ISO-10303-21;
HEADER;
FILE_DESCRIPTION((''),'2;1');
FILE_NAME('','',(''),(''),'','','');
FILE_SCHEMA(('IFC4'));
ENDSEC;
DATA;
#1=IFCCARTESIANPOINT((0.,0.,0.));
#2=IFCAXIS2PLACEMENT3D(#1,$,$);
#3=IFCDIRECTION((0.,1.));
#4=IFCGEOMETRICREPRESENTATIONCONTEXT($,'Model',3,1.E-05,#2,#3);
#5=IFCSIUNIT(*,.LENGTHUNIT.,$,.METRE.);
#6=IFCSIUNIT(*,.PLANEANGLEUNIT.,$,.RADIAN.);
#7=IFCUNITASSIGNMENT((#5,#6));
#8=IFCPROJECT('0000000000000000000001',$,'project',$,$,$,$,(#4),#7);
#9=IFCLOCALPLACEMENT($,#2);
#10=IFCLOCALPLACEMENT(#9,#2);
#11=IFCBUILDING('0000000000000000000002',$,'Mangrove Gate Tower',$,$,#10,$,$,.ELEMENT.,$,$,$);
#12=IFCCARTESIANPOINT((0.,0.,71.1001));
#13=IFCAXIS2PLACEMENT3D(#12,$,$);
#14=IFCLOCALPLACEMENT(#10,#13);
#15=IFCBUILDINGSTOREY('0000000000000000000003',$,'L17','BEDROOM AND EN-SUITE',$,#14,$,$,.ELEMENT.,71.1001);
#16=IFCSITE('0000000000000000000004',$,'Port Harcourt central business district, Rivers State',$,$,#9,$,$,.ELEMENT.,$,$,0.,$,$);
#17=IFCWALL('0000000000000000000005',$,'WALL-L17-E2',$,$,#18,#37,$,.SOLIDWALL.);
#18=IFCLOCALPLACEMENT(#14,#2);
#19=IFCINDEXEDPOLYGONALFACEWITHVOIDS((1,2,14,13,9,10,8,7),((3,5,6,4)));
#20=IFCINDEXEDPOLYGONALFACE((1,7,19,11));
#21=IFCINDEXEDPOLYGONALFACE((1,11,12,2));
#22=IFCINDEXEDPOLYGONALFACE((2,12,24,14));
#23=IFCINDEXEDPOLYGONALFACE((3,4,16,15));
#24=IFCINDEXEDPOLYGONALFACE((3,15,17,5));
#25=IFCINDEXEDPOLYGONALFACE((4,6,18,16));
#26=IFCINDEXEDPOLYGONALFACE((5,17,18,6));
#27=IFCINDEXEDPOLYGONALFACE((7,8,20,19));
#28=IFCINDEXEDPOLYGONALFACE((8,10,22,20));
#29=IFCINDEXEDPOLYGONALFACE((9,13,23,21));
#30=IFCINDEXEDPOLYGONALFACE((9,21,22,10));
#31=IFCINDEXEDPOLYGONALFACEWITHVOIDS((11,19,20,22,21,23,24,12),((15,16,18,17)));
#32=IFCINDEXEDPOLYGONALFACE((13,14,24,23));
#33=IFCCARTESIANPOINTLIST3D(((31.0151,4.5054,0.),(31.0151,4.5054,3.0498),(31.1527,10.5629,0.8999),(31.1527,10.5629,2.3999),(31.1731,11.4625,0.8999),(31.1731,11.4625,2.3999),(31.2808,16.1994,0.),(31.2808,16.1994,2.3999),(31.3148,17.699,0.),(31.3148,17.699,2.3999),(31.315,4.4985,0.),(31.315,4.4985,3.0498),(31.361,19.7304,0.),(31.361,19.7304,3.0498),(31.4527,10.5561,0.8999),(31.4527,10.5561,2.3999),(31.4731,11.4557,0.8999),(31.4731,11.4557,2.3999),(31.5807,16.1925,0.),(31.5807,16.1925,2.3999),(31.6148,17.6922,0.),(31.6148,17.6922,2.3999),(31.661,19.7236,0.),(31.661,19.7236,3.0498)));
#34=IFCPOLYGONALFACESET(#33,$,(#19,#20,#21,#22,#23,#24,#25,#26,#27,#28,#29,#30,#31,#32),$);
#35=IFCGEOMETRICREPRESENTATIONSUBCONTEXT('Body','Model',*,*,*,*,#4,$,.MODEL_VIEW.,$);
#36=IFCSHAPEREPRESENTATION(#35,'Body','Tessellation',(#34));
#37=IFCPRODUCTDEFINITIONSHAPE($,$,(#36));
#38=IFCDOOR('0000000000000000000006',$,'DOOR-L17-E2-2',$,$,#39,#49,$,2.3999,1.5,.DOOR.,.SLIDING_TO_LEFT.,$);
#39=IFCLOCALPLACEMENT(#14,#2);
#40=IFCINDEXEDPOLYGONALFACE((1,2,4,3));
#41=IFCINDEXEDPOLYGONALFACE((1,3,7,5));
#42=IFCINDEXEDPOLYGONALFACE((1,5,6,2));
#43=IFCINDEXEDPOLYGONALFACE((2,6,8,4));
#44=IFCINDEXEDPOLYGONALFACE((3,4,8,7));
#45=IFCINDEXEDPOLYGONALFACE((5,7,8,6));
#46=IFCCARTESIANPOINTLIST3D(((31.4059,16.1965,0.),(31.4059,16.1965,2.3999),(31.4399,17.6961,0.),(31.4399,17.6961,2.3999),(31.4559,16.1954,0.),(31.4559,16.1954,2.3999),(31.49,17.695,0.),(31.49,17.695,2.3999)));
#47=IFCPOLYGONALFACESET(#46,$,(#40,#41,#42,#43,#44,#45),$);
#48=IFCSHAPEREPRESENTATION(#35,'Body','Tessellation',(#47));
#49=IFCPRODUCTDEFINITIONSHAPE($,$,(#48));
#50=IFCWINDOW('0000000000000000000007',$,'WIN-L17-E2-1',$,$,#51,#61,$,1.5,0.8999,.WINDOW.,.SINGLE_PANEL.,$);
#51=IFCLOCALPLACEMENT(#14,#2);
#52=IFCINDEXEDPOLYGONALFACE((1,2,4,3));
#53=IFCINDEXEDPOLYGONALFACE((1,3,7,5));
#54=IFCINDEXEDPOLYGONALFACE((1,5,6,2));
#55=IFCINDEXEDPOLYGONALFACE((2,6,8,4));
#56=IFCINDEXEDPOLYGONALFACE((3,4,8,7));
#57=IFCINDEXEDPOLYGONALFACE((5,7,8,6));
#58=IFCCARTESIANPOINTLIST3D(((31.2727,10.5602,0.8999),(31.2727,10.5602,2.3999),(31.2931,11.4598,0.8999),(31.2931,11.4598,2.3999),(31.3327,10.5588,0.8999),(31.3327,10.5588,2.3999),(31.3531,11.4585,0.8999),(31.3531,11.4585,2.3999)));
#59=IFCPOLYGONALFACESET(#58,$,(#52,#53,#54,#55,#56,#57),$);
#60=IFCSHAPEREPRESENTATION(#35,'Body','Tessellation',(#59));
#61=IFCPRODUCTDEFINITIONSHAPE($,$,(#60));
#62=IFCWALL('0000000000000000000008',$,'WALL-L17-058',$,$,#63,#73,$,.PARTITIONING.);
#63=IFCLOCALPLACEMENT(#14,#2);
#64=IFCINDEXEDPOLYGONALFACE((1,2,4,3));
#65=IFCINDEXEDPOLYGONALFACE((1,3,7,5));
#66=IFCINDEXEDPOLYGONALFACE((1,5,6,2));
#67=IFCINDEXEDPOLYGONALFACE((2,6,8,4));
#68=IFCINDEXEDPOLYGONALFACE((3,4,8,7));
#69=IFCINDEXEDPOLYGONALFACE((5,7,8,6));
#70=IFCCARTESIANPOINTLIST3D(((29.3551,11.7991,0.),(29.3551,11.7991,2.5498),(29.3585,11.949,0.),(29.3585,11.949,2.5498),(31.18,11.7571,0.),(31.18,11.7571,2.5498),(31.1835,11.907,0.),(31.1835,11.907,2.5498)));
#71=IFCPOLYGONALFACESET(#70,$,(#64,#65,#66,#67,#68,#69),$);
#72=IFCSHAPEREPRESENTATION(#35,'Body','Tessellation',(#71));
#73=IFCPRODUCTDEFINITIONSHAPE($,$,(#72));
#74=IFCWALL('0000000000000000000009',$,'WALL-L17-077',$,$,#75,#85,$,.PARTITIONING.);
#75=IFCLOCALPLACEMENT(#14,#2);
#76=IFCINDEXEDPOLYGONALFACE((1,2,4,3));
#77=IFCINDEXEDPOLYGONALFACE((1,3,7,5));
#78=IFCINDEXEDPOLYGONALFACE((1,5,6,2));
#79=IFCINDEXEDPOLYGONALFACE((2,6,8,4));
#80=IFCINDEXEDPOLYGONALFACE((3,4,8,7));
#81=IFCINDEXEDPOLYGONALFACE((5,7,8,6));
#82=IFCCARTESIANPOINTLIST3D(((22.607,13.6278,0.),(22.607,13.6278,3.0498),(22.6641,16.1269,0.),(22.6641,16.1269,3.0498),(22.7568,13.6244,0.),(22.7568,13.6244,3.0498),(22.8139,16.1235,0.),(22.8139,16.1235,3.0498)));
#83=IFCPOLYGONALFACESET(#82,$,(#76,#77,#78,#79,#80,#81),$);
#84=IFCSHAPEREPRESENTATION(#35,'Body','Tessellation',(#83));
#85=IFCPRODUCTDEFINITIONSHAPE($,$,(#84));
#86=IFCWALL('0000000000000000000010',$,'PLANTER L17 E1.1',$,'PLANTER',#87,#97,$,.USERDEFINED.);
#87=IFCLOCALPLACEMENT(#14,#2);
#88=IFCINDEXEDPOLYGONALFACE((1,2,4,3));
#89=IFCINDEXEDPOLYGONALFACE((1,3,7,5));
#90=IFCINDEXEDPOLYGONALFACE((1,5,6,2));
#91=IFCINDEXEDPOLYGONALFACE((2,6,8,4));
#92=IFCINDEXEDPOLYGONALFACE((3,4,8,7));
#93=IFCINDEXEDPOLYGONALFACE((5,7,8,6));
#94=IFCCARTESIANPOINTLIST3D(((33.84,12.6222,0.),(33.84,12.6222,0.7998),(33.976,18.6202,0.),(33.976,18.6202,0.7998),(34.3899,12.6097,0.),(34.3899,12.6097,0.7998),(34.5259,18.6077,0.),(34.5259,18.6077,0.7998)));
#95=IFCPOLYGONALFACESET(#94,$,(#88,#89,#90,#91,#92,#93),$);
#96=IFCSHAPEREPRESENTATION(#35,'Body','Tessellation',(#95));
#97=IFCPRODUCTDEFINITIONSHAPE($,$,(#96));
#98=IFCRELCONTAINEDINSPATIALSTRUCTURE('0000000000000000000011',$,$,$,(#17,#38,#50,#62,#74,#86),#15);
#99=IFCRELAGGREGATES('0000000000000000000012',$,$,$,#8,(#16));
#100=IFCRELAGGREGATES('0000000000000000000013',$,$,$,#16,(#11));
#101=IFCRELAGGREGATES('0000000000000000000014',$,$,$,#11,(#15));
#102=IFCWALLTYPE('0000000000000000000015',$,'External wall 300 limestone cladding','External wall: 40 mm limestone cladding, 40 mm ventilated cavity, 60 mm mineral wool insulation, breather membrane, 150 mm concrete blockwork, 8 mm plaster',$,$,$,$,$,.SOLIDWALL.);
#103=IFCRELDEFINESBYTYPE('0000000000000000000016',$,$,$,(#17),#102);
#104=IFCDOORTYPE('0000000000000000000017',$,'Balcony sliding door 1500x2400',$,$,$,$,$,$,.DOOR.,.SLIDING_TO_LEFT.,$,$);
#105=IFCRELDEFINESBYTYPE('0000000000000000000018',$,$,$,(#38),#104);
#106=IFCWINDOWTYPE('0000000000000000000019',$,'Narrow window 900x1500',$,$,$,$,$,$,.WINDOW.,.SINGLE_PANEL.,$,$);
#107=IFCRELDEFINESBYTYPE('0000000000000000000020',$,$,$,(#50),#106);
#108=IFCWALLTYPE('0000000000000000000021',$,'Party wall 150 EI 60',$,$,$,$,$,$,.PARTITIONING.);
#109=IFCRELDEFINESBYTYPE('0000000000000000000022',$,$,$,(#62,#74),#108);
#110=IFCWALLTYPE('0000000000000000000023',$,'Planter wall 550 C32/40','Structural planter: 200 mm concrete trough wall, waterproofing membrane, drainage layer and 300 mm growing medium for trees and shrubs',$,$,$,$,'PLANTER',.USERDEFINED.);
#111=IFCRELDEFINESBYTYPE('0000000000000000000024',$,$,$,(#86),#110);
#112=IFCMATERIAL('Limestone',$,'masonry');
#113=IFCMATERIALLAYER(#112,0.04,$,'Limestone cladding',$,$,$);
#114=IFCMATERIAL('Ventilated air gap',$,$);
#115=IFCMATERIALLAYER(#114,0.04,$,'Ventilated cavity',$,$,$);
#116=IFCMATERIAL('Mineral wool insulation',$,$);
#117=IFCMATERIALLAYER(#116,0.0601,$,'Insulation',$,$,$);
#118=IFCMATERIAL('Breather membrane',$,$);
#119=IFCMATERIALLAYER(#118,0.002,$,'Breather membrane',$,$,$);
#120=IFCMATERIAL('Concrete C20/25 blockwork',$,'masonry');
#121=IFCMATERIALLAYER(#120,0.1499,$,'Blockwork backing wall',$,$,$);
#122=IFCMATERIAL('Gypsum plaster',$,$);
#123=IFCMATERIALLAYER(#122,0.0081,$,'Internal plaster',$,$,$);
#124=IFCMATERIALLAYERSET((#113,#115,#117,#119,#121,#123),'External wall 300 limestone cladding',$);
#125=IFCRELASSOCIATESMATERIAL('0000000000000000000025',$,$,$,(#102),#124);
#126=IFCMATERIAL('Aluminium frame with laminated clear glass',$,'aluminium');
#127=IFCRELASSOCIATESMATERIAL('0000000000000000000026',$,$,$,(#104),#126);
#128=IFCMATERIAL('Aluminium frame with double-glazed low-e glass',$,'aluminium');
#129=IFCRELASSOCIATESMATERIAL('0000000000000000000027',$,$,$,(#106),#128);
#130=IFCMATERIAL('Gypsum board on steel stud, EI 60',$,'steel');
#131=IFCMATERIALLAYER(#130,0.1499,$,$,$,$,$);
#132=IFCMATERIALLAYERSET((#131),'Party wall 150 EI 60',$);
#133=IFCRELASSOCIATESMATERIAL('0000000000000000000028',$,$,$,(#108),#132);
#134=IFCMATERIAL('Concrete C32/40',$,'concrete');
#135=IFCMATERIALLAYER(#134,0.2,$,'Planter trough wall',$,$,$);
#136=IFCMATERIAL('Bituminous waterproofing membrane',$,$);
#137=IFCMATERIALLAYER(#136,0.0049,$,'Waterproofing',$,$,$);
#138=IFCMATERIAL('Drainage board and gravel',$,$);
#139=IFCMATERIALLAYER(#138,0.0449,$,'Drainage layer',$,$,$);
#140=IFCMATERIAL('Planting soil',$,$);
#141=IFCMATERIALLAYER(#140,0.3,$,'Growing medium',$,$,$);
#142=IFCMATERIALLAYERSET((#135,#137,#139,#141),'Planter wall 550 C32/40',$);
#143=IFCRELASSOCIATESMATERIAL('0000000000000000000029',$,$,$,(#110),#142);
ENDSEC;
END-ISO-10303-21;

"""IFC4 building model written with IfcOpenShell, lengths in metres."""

from ifc_helpers import new_model, si_unit, direction, frame, frame_2d, origin, place, context, subcontext, project, spatial, rectangle, extrude, material, layer, layer_set, type_object, element, fill, save


model = new_model("IFC4")

# Units and contexts
model_context = context("Model", 3, precision=1e-05, world=origin(), true_north=direction((0.0, 1.0)))
body_context = subcontext(model_context, "Body", "Model", "MODEL_VIEW")
ifc_project = project(units=[si_unit("LENGTHUNIT", "METRE"), si_unit("PLANEANGLEUNIT", "RADIAN")], contexts=[model_context])

# Site, building, storey
site_placement = place(None, origin())
site = spatial("IfcSite", under=ifc_project, at=site_placement, Name="Port Harcourt central business district, Rivers State", CompositionType="ELEMENT", RefElevation=0.0)
building_placement = place(site_placement, origin())
building = spatial("IfcBuilding", under=site, at=building_placement, Name="Mangrove Gate Tower", CompositionType="ELEMENT")
storey_placement = place(building_placement, frame((0.0, 0.0, 71.1001)))
storey = spatial("IfcBuildingStorey", under=building, at=storey_placement, Name="L17", Description="BEDROOM AND EN-SUITE", CompositionType="ELEMENT", Elevation=71.1001)

# Wall, openings, door, window
ifc_material_1 = material(Name="Limestone", Category="masonry")
ifc_layer_1 = layer(ifc_material_1, 0.04, Name="Limestone cladding")
ifc_material_2 = material(Name="Ventilated air gap")
ifc_layer_2 = layer(ifc_material_2, 0.04, Name="Ventilated cavity")
ifc_material_3 = material(Name="Mineral wool insulation")
ifc_layer_3 = layer(ifc_material_3, 0.0601, Name="Insulation")
ifc_material_4 = material(Name="Breather membrane")
ifc_layer_4 = layer(ifc_material_4, 0.002, Name="Breather membrane")
ifc_material_5 = material(Name="Concrete C20/25 blockwork", Category="masonry")
ifc_layer_5 = layer(ifc_material_5, 0.1499, Name="Blockwork backing wall")
ifc_material_6 = material(Name="Gypsum plaster")
ifc_layer_6 = layer(ifc_material_6, 0.0081, Name="Internal plaster")
ifc_layer_set_1 = layer_set([ifc_layer_1, ifc_layer_2, ifc_layer_3, ifc_layer_4, ifc_layer_5, ifc_layer_6], Name="External wall 300 limestone cladding")
wall_type_1 = type_object("IfcWallType", Name="External wall 300 limestone cladding", Description="External wall: 40 mm limestone cladding, 40 mm ventilated cavity, 60 mm mineral wool insulation, breather membrane, 150 mm concrete blockwork, 8 mm plaster", PredefinedType="SOLIDWALL", material=ifc_layer_set_1)
wall_1_placement = place(storey_placement, frame((31.165, 4.502, 0.0), z_axis=(0.0, 0.0, 1.0), x_axis=(0.022716, 0.999742, 0.0)))
wall_1 = element("IfcWall", 1, at=wall_1_placement, inside=storey, type_object=wall_type_1, Name="WALL-L17-E2", PredefinedType="SOLIDWALL", context=body_context, shape_type="SweptSolid", body=[
    extrude(rectangle(XDim=15.229, YDim=0.3, at=frame_2d((7.6145, 0.0))), origin(), (0.0, 0.0, 1.0), 3.0498),
])
opening_1_placement = place(wall_1_placement, frame((6.0591, 0.0, 0.8999)))
opening_1 = element("IfcOpeningElement", 2, at=opening_1_placement, cuts=wall_1, PredefinedType="OPENING", context=body_context, shape_type="SweptSolid", body=[
    extrude(rectangle(XDim=0.8999, YDim=1.5, at=frame_2d((0.45, 0.75))), frame((0.0, 0.1599, 0.0), z_axis=(0.0, -1.0, 0.0), x_axis=(1.0, 0.0, 0.0)), (0.0, 0.0, 1.0), 0.3201),
])
opening_2_placement = place(wall_1_placement, frame((11.697, 0.0, 0.0)))
opening_2 = element("IfcOpeningElement", 3, at=opening_2_placement, cuts=wall_1, PredefinedType="OPENING", context=body_context, shape_type="SweptSolid", body=[
    extrude(rectangle(XDim=1.5, YDim=2.3999, at=frame_2d((0.75, 1.2))), frame((0.0, 0.1599, 0.0), z_axis=(0.0, -1.0, 0.0), x_axis=(1.0, 0.0, 0.0)), (0.0, 0.0, 1.0), 0.3201),
])
ifc_material_7 = material(Name="Aluminium frame with laminated clear glass", Category="aluminium")
door_type = type_object("IfcDoorType", Name="Balcony sliding door 1500x2400", OperationType="SLIDING_TO_LEFT", PredefinedType="DOOR", material=ifc_material_7)
door_placement = place(opening_2_placement, origin())
door = element("IfcDoor", 4, at=door_placement, inside=storey, type_object=door_type, Name="DOOR-L17-E2-2", OperationType="SLIDING_TO_LEFT", OverallHeight=2.3999, OverallWidth=1.5, PredefinedType="DOOR", context=body_context, shape_type="SweptSolid", body=[
    extrude(rectangle(XDim=1.5, YDim=2.3999, at=frame_2d((0.75, 1.2))), frame((0.0, 0.0249, 0.0), z_axis=(0.0, -1.0, 0.0), x_axis=(1.0, 0.0, 0.0)), (0.0, 0.0, 1.0), 0.05),
])
fill(opening_2, door)
ifc_material_8 = material(Name="Aluminium frame with double-glazed low-e glass", Category="aluminium")
window_type = type_object("IfcWindowType", Name="Narrow window 900x1500", PartitioningType="SINGLE_PANEL", PredefinedType="WINDOW", material=ifc_material_8)
window_placement = place(opening_1_placement, origin())
window = element("IfcWindow", 5, at=window_placement, inside=storey, type_object=window_type, Name="WIN-L17-E2-1", OverallHeight=1.5, OverallWidth=0.8999, PartitioningType="SINGLE_PANEL", PredefinedType="WINDOW", context=body_context, shape_type="SweptSolid", body=[
    extrude(rectangle(XDim=0.8999, YDim=1.5, at=frame_2d((0.45, 0.75))), frame((0.0, 0.03, 0.0), z_axis=(0.0, -1.0, 0.0), x_axis=(1.0, 0.0, 0.0)), (0.0, 0.0, 1.0), 0.0601),
])
fill(opening_1, window)

# Walls
ifc_material_9 = material(Name="Gypsum board on steel stud, EI 60", Category="steel")
ifc_layer_7 = layer(ifc_material_9, 0.1499)
ifc_layer_set_2 = layer_set([ifc_layer_7], Name="Party wall 150 EI 60")
wall_type_2 = type_object("IfcWallType", Name="Party wall 150 EI 60", PredefinedType="PARTITIONING", material=ifc_layer_set_2)
wall_2_placement = place(storey_placement, frame((29.3569, 11.874, 0.0), z_axis=(0.0, 0.0, 1.0), x_axis=(0.999735, -0.023004, 0.0)))
element("IfcWall", 6, at=wall_2_placement, inside=storey, type_object=wall_type_2, Name="WALL-L17-058", PredefinedType="PARTITIONING", context=body_context, shape_type="SweptSolid", body=[
    extrude(rectangle(XDim=1.8254, YDim=0.1499, at=frame_2d((0.9126, 0.0))), origin(), (0.0, 0.0, 1.0), 2.5498),
])
wall_3_placement = place(storey_placement, frame((22.6819, 13.626, 0.0), z_axis=(0.0, 0.0, 1.0), x_axis=(0.022855, 0.999739, 0.0)))
element("IfcWall", 7, at=wall_3_placement, inside=storey, type_object=wall_type_2, Name="WALL-L17-077", PredefinedType="PARTITIONING", context=body_context, shape_type="SweptSolid", body=[
    extrude(rectangle(XDim=2.4998, YDim=0.1499, at=frame_2d((1.25, 0.0))), origin(), (0.0, 0.0, 1.0), 3.0498),
])
ifc_material_10 = material(Name="Concrete C32/40", Category="concrete")
ifc_layer_8 = layer(ifc_material_10, 0.2, Name="Planter trough wall")
ifc_material_11 = material(Name="Bituminous waterproofing membrane")
ifc_layer_9 = layer(ifc_material_11, 0.0049, Name="Waterproofing")
ifc_material_12 = material(Name="Drainage board and gravel")
ifc_layer_10 = layer(ifc_material_12, 0.0449, Name="Drainage layer")
ifc_material_13 = material(Name="Planting soil")
ifc_layer_11 = layer(ifc_material_13, 0.3, Name="Growing medium")
ifc_layer_set_3 = layer_set([ifc_layer_8, ifc_layer_9, ifc_layer_10, ifc_layer_11], Name="Planter wall 550 C32/40")
wall_type_3 = type_object("IfcWallType", Name="Planter wall 550 C32/40", Description="Structural planter: 200 mm concrete trough wall, waterproofing membrane, drainage layer and 300 mm growing medium for trees and shrubs", ElementType="PLANTER", PredefinedType="USERDEFINED", material=ifc_layer_set_3)
wall_4_placement = place(storey_placement, frame((34.115, 12.616, 0.0), z_axis=(0.0, 0.0, 1.0), x_axis=(0.022666, 0.999743, 0.0)))
element("IfcWall", 8, at=wall_4_placement, inside=storey, type_object=wall_type_3, Name="PLANTER L17 E1.1", ObjectType="PLANTER", PredefinedType="USERDEFINED", context=body_context, shape_type="SweptSolid", body=[
    extrude(rectangle(XDim=5.9995, YDim=0.55, at=frame_2d((2.9998, 0.0))), origin(), (0.0, 0.0, 1.0), 0.7998),
])

save(model, "model.ifc")
